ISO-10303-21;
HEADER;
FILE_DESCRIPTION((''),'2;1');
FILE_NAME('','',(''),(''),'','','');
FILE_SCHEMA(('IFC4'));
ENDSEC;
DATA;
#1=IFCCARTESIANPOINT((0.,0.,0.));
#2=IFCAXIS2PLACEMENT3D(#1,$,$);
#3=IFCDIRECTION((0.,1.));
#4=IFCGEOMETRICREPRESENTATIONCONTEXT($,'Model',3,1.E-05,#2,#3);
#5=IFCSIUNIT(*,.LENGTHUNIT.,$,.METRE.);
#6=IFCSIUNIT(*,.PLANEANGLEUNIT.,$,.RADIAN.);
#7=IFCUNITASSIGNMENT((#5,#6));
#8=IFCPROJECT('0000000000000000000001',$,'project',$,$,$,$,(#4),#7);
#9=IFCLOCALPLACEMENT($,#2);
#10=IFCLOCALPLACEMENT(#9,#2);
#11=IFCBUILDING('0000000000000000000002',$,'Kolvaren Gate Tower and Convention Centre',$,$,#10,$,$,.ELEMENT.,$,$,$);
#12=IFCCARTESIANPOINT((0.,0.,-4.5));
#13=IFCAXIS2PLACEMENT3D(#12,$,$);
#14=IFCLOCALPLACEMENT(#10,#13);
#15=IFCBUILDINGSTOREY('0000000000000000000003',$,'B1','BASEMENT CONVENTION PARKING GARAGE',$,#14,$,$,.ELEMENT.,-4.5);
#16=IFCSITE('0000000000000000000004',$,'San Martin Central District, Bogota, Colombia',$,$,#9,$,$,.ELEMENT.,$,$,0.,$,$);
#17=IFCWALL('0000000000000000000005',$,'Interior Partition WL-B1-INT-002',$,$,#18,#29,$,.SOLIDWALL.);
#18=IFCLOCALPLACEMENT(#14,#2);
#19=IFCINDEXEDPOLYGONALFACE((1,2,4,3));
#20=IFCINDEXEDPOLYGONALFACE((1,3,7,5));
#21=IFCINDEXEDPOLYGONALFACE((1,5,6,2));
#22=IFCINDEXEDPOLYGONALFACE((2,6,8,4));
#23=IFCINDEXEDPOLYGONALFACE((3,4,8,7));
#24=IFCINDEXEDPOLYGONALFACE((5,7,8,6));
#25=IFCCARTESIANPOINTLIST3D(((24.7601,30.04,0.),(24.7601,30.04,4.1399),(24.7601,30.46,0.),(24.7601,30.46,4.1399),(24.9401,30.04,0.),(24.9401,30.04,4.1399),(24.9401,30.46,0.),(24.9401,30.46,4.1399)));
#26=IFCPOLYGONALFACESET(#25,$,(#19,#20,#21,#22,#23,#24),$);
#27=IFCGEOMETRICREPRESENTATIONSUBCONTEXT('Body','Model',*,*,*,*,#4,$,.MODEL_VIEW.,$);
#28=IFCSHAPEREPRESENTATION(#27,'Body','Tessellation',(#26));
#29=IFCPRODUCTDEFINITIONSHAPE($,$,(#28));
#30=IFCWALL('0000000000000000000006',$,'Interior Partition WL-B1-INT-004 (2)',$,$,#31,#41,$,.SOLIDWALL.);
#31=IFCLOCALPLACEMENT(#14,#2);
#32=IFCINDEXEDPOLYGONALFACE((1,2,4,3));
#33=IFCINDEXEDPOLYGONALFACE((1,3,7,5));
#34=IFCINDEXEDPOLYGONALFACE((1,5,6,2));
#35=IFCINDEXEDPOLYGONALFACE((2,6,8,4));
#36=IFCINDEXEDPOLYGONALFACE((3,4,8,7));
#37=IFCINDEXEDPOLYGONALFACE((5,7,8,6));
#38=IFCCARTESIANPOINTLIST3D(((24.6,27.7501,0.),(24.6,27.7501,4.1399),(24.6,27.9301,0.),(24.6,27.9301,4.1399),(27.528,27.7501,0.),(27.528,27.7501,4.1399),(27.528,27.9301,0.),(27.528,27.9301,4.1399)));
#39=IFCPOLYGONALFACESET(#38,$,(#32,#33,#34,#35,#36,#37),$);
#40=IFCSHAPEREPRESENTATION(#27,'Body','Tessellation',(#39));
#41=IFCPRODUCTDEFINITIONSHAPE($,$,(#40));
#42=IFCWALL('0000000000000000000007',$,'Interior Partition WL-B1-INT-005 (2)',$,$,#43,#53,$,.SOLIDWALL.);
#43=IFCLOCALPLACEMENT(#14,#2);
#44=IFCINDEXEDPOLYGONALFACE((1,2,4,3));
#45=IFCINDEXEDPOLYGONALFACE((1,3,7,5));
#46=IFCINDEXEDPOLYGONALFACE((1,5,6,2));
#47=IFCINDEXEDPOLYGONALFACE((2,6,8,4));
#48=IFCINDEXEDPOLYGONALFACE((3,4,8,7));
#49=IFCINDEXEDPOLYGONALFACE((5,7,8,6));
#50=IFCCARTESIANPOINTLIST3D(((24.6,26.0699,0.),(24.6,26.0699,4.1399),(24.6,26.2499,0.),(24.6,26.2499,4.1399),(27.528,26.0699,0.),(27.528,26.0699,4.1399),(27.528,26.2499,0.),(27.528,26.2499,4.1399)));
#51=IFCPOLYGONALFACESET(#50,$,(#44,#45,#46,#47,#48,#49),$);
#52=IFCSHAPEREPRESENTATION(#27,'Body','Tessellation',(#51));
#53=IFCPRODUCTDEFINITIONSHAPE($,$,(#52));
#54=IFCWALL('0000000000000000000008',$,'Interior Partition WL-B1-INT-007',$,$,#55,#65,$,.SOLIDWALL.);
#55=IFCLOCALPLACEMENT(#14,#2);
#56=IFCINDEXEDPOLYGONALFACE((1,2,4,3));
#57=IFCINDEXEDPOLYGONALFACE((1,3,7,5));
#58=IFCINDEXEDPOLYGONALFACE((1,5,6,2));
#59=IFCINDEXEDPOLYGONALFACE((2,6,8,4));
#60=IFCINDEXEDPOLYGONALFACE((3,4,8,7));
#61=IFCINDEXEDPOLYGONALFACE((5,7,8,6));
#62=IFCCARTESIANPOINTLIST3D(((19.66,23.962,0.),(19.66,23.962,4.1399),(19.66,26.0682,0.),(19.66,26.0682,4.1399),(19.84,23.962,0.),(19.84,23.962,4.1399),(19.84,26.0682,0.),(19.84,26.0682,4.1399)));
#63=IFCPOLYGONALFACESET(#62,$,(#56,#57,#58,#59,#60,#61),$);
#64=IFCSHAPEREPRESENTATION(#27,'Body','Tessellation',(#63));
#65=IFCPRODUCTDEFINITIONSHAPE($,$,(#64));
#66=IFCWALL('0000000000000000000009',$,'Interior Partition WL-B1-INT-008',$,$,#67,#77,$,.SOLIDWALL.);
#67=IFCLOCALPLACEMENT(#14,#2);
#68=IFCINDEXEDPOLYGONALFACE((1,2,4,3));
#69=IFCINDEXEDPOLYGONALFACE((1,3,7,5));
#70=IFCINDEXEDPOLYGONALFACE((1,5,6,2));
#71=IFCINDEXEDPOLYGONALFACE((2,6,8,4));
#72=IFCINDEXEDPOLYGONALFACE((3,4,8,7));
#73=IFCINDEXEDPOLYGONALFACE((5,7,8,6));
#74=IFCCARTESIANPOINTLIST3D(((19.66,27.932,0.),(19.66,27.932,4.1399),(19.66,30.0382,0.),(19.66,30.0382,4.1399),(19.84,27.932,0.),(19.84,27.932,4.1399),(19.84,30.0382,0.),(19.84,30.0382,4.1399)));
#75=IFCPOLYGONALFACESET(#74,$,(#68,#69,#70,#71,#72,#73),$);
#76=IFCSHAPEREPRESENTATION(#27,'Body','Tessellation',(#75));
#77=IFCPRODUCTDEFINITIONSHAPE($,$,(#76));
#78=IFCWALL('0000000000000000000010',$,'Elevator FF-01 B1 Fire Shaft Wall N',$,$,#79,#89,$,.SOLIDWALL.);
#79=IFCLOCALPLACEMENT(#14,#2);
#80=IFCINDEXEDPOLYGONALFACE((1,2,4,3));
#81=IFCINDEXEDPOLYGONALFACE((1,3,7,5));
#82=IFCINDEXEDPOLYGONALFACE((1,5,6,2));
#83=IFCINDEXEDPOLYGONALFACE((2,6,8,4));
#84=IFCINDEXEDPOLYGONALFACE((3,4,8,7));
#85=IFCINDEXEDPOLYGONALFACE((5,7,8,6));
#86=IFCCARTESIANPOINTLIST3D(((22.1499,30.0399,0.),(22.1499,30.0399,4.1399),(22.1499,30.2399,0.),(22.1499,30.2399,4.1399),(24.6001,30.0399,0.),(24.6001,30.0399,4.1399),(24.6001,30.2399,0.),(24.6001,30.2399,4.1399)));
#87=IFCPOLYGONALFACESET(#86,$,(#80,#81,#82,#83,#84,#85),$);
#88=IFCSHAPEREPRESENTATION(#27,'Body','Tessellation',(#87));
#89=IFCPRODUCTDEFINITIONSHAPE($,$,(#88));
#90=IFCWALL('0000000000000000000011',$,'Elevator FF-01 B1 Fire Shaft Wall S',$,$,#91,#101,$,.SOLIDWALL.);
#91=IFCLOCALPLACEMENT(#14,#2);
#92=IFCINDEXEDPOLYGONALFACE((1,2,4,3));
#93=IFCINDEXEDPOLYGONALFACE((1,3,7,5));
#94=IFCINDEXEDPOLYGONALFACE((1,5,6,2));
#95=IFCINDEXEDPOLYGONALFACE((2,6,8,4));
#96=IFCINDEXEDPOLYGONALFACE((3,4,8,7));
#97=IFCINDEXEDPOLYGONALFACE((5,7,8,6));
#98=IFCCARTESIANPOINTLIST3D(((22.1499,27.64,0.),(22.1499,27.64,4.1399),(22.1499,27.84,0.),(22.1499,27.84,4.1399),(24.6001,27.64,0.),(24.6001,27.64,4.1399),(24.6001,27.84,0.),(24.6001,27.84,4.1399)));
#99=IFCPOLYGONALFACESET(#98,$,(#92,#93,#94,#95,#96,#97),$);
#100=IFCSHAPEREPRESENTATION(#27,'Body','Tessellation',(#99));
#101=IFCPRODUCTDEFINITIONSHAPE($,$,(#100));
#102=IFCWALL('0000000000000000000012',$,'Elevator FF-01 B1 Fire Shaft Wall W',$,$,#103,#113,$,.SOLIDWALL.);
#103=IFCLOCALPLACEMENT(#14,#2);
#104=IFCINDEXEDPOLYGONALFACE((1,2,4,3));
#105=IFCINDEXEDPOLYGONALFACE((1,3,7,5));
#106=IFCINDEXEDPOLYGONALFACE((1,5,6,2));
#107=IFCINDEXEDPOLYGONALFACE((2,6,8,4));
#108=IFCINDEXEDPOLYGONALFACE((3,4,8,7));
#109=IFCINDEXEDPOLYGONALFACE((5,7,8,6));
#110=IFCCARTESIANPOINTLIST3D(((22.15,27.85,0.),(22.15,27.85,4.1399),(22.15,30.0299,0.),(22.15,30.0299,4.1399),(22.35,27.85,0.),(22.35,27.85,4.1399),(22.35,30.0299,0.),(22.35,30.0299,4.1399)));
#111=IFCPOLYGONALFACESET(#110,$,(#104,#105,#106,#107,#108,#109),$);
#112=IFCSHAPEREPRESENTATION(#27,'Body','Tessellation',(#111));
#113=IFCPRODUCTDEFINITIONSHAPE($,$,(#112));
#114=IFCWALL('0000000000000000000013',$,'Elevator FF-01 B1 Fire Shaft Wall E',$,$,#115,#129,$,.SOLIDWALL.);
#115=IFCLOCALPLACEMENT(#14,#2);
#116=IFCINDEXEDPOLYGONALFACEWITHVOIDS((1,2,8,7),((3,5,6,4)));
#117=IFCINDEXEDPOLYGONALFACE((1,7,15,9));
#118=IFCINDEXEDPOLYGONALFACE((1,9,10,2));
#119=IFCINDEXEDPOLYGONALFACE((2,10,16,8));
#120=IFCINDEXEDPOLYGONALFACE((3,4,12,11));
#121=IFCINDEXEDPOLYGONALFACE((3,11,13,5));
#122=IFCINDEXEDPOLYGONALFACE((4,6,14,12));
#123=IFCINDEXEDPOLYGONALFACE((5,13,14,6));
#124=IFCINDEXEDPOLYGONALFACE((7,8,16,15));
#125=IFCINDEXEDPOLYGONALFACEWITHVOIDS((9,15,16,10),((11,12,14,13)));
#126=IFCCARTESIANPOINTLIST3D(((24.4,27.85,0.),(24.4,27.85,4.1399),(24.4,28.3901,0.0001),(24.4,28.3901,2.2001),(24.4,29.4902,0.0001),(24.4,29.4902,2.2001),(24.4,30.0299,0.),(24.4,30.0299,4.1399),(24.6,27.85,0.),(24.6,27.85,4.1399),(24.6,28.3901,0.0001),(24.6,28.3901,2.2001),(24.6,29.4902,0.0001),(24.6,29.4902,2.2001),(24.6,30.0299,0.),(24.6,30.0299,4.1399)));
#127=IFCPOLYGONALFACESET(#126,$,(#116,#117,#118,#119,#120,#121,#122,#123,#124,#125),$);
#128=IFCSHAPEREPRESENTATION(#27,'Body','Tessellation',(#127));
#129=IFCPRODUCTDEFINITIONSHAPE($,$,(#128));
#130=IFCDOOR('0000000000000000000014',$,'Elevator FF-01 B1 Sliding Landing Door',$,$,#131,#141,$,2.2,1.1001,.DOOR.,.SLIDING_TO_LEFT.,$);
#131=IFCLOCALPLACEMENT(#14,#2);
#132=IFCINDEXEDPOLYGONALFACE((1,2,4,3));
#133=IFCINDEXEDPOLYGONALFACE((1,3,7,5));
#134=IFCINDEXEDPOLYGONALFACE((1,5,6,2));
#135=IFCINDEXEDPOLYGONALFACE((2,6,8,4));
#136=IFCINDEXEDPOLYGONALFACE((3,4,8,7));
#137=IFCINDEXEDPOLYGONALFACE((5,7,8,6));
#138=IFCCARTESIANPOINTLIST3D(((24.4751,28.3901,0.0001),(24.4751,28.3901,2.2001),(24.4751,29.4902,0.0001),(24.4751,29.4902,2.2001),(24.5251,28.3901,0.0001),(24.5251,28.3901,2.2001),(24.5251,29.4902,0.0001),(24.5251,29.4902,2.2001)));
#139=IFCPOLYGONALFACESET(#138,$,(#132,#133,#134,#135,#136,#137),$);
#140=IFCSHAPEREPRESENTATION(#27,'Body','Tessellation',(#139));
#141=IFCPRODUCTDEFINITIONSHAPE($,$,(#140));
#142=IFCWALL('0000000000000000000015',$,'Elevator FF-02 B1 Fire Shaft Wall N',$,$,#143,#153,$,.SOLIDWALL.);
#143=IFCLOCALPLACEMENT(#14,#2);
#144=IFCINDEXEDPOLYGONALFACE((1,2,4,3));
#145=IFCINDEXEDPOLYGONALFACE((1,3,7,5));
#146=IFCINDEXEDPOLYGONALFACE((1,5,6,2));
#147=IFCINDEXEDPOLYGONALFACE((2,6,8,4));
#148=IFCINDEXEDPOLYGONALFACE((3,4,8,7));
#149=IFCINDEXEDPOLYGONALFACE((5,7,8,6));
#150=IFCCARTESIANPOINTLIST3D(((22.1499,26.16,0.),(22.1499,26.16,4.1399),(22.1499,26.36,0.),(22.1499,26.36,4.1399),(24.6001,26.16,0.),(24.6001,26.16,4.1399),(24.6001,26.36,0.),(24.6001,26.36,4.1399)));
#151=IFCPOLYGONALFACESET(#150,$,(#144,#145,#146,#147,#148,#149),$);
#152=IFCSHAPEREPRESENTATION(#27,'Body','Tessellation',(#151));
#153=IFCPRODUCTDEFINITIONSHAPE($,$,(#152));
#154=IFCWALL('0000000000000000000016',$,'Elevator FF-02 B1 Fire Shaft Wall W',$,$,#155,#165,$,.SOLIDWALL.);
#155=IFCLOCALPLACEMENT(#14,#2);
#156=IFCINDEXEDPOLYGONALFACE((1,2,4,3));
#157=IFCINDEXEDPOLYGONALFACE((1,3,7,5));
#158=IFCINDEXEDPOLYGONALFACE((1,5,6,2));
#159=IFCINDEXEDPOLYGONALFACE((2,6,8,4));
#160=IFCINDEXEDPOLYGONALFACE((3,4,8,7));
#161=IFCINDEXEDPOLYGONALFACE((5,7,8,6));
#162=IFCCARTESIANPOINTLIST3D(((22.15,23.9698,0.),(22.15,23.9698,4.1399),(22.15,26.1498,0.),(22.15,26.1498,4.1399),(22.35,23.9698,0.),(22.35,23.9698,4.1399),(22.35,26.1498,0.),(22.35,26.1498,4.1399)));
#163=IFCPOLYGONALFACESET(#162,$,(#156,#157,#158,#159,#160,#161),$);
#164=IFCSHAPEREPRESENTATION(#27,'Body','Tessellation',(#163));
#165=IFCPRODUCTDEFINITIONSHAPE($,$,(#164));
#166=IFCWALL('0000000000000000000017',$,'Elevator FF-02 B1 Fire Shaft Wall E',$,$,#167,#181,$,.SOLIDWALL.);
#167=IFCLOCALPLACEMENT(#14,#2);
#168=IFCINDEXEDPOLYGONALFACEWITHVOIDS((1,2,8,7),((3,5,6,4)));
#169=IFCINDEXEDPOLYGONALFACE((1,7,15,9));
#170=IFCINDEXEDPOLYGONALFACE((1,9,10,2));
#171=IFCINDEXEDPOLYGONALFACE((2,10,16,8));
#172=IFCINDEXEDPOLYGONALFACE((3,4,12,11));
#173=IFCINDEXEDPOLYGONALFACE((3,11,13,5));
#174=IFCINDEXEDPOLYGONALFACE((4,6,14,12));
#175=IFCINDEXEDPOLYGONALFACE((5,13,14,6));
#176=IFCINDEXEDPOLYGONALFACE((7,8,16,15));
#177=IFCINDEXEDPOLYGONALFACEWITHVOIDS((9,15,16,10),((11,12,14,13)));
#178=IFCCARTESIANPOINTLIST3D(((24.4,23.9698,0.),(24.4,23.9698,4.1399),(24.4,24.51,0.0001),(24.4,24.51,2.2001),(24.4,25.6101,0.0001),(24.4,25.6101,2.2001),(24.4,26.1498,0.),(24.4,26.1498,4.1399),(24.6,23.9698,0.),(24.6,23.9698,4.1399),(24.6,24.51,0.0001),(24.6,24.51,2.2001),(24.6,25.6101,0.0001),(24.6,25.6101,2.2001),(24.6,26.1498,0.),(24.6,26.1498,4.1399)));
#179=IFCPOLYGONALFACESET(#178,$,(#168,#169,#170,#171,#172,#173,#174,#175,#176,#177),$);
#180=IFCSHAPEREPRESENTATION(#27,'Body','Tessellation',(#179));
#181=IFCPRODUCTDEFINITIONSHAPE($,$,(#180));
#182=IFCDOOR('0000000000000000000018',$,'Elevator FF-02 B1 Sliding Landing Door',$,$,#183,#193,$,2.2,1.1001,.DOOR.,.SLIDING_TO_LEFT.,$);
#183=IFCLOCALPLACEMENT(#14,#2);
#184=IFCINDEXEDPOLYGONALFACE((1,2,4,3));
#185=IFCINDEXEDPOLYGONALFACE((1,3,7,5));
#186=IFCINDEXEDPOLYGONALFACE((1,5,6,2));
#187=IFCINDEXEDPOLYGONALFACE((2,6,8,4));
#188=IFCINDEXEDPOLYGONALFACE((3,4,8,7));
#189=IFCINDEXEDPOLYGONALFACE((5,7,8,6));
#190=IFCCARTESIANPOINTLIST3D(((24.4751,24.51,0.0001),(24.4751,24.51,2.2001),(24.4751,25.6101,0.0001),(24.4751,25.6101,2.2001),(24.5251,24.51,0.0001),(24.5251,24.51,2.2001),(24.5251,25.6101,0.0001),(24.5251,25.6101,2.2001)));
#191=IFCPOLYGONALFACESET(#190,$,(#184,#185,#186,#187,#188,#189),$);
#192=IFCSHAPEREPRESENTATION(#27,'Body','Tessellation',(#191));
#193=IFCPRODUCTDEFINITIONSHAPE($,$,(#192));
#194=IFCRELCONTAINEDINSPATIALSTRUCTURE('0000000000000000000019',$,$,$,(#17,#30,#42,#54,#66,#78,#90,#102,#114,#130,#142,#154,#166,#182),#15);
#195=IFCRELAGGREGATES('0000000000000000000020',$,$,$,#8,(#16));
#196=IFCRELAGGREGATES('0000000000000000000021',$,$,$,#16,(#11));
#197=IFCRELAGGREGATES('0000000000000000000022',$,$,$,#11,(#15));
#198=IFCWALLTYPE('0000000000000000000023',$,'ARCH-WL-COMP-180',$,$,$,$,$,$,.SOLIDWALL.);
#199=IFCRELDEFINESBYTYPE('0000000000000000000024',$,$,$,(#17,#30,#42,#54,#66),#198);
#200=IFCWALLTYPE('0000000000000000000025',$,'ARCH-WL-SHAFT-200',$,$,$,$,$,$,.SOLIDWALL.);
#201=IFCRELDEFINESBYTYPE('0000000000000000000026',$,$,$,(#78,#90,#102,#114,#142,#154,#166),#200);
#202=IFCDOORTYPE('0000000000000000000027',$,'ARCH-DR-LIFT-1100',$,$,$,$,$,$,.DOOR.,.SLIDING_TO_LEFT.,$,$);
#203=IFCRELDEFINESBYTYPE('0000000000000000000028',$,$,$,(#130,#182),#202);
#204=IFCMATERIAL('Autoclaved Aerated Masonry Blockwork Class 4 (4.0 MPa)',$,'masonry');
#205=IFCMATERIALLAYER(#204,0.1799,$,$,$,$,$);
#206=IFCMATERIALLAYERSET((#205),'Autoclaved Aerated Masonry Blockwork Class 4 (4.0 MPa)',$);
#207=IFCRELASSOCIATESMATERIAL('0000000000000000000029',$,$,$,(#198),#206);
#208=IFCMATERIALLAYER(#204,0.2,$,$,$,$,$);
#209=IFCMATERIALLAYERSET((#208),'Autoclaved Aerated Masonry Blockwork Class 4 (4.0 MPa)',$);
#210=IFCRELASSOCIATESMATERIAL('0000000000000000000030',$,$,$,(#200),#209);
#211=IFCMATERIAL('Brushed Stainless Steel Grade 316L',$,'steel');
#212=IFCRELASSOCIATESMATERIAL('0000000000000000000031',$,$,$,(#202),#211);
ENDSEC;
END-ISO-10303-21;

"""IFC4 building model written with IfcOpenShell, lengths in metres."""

from ifc_helpers import new_model, si_unit, direction, frame, frame_2d, origin, place, context, subcontext, project, spatial, rectangle, extrude, material, layer, layer_set, type_object, element, fill, save


model = new_model("IFC4")

# Units and contexts
model_context = context("Model", 3, precision=1e-05, world=origin(), true_north=direction((0.0, 1.0)))
body_context = subcontext(model_context, "Body", "Model", "MODEL_VIEW")
ifc_project = project(units=[si_unit("LENGTHUNIT", "METRE"), si_unit("PLANEANGLEUNIT", "RADIAN")], contexts=[model_context])

# Site, building, storey
site_placement = place(None, origin())
site = spatial("IfcSite", under=ifc_project, at=site_placement, Name="San Martin Central District, Bogota, Colombia", CompositionType="ELEMENT", RefElevation=0.0)
building_placement = place(site_placement, origin())
building = spatial("IfcBuilding", under=site, at=building_placement, Name="Kolvaren Gate Tower and Convention Centre", CompositionType="ELEMENT")
storey_placement = place(building_placement, frame((0.0, 0.0, -4.5)))
storey = spatial("IfcBuildingStorey", under=building, at=storey_placement, Name="B1", Description="BASEMENT CONVENTION PARKING GARAGE", CompositionType="ELEMENT", Elevation=-4.5)

# Walls
ifc_material_1 = material(Name="Autoclaved Aerated Masonry Blockwork Class 4 (4.0 MPa)", Category="masonry")
ifc_layer_1 = layer(ifc_material_1, 0.1799)
ifc_layer_set_1 = layer_set([ifc_layer_1], Name="Autoclaved Aerated Masonry Blockwork Class 4 (4.0 MPa)")
wall_type_1 = type_object("IfcWallType", Name="ARCH-WL-COMP-180", PredefinedType="SOLIDWALL", material=ifc_layer_set_1)
wall_1_placement = place(storey_placement, frame((24.8501, 30.04, 0.0), z_axis=(0.0, 0.0, 1.0), x_axis=(0.0, 1.0, 0.0)))
element("IfcWall", 1, at=wall_1_placement, inside=storey, type_object=wall_type_1, Name="Interior Partition WL-B1-INT-002", PredefinedType="SOLIDWALL", context=body_context, shape_type="SweptSolid", body=[
    extrude(rectangle(XDim=0.4199, YDim=0.1799, at=frame_2d((0.21, 0.0))), origin(), (0.0, 0.0, 1.0), 4.1399),
])
for number, where, z_axis, x_axis, name in (
    (2, (24.6001, 27.8401, 0.0), (0.0, 0.0, 1.0), (1.0, 0.0, 0.0), "Interior Partition WL-B1-INT-004 (2)"),
    (3, (24.6001, 26.1599, 0.0), (0.0, 0.0, 1.0), (1.0, 0.0, 0.0), "Interior Partition WL-B1-INT-005 (2)"),
):
    element("IfcWall", number, at=place(storey_placement, frame(where, z_axis=z_axis, x_axis=x_axis)), inside=storey, type_object=wall_type_1, Name=name, PredefinedType="SOLIDWALL", context=body_context, shape_type="SweptSolid", body=[
        extrude(rectangle(XDim=2.928, YDim=0.1799, at=frame_2d((1.4639, 0.0))), origin(), (0.0, 0.0, 1.0), 4.1399),
    ])
for number, where, z_axis, x_axis, name in (
    (4, (19.75, 23.9619, 0.0), (0.0, 0.0, 1.0), (0.0, 1.0, 0.0), "Interior Partition WL-B1-INT-007"),
    (5, (19.75, 27.9319, 0.0), (0.0, 0.0, 1.0), (0.0, 1.0, 0.0), "Interior Partition WL-B1-INT-008"),
):
    element("IfcWall", number, at=place(storey_placement, frame(where, z_axis=z_axis, x_axis=x_axis)), inside=storey, type_object=wall_type_1, Name=name, PredefinedType="SOLIDWALL", context=body_context, shape_type="SweptSolid", body=[
        extrude(rectangle(XDim=2.1062, YDim=0.1799, at=frame_2d((1.0532, 0.0))), origin(), (0.0, 0.0, 1.0), 4.1399),
    ])
ifc_layer_2 = layer(ifc_material_1, 0.2)
ifc_layer_set_2 = layer_set([ifc_layer_2], Name="Autoclaved Aerated Masonry Blockwork Class 4 (4.0 MPa)")
wall_type_2 = type_object("IfcWallType", Name="ARCH-WL-SHAFT-200", PredefinedType="SOLIDWALL", material=ifc_layer_set_2)
for number, where, z_axis, x_axis, name in (
    (6, (22.1499, 30.1399, 0.0), (0.0, 0.0, 1.0), (1.0, 0.0, 0.0), "Elevator FF-01 B1 Fire Shaft Wall N"),
    (7, (22.1499, 27.74, 0.0), (0.0, 0.0, 1.0), (1.0, 0.0, 0.0), "Elevator FF-01 B1 Fire Shaft Wall S"),
):
    element("IfcWall", number, at=place(storey_placement, frame(where, z_axis=z_axis, x_axis=x_axis)), inside=storey, type_object=wall_type_2, Name=name, PredefinedType="SOLIDWALL", context=body_context, shape_type="SweptSolid", body=[
        extrude(rectangle(XDim=2.4502, YDim=0.2, at=frame_2d((1.2251, 0.0))), origin(), (0.0, 0.0, 1.0), 4.1399),
    ])
wall_2_placement = place(storey_placement, frame((22.25, 27.8501, 0.0), z_axis=(0.0, 0.0, 1.0), x_axis=(0.0, 1.0, 0.0)))
element("IfcWall", 8, at=wall_2_placement, inside=storey, type_object=wall_type_2, Name="Elevator FF-01 B1 Fire Shaft Wall W", PredefinedType="SOLIDWALL", context=body_context, shape_type="SweptSolid", body=[
    extrude(rectangle(XDim=2.1799, YDim=0.2, at=frame_2d((1.0898, 0.0))), origin(), (0.0, 0.0, 1.0), 4.1399),
])

# Wall, opening, door
wall_3_placement = place(storey_placement, frame((24.5, 27.8501, 0.0), z_axis=(0.0, 0.0, 1.0), x_axis=(0.0, 1.0, 0.0)))
wall_3 = element("IfcWall", 9, at=wall_3_placement, inside=storey, type_object=wall_type_2, Name="Elevator FF-01 B1 Fire Shaft Wall E", PredefinedType="SOLIDWALL", context=body_context, shape_type="SweptSolid", body=[
    extrude(rectangle(XDim=2.1799, YDim=0.2, at=frame_2d((1.0898, 0.0))), origin(), (0.0, 0.0, 1.0), 4.1399),
])
opening_1_placement = place(wall_3_placement, frame((0.54, 0.0, 0.0)))
opening_1 = element("IfcOpeningElement", 10, at=opening_1_placement, cuts=wall_3, PredefinedType="OPENING", context=body_context, shape_type="SweptSolid", body=[
    extrude(rectangle(XDim=1.1001, YDim=2.2, at=frame_2d((0.55, 1.1001))), frame((0.0, 0.1099, 0.0), z_axis=(0.0, -1.0, 0.0), x_axis=(1.0, 0.0, 0.0)), (0.0, 0.0, 1.0), 0.22),
])
ifc_material_2 = material(Name="Brushed Stainless Steel Grade 316L", Category="steel")
door_type_1 = type_object("IfcDoorType", Name="ARCH-DR-LIFT-1100", OperationType="SLIDING_TO_LEFT", PredefinedType="DOOR", material=ifc_material_2)
door_1_placement = place(opening_1_placement, origin())
door_1 = element("IfcDoor", 11, at=door_1_placement, inside=storey, type_object=door_type_1, Name="Elevator FF-01 B1 Sliding Landing Door", OperationType="SLIDING_TO_LEFT", OverallHeight=2.2, OverallWidth=1.1001, PredefinedType="DOOR", context=body_context, shape_type="SweptSolid", body=[
    extrude(rectangle(XDim=1.1001, YDim=2.2, at=frame_2d((0.55, 1.1001))), frame((0.0, 0.0249, 0.0), z_axis=(0.0, -1.0, 0.0), x_axis=(1.0, 0.0, 0.0)), (0.0, 0.0, 1.0), 0.05),
])
fill(opening_1, door_1)

# Walls
wall_4_placement = place(storey_placement, frame((22.1499, 26.26, 0.0), z_axis=(0.0, 0.0, 1.0), x_axis=(1.0, 0.0, 0.0)))
element("IfcWall", 12, at=wall_4_placement, inside=storey, type_object=wall_type_2, Name="Elevator FF-02 B1 Fire Shaft Wall N", PredefinedType="SOLIDWALL", context=body_context, shape_type="SweptSolid", body=[
    extrude(rectangle(XDim=2.4502, YDim=0.2, at=frame_2d((1.2251, 0.0))), origin(), (0.0, 0.0, 1.0), 4.1399),
])
wall_5_placement = place(storey_placement, frame((22.25, 23.97, 0.0), z_axis=(0.0, 0.0, 1.0), x_axis=(0.0, 1.0, 0.0)))
element("IfcWall", 13, at=wall_5_placement, inside=storey, type_object=wall_type_2, Name="Elevator FF-02 B1 Fire Shaft Wall W", PredefinedType="SOLIDWALL", context=body_context, shape_type="SweptSolid", body=[
    extrude(rectangle(XDim=2.1799, YDim=0.2, at=frame_2d((1.0898, 0.0))), origin(), (0.0, 0.0, 1.0), 4.1399),
])

# Wall, opening, door
wall_6_placement = place(storey_placement, frame((24.5, 23.97, 0.0), z_axis=(0.0, 0.0, 1.0), x_axis=(0.0, 1.0, 0.0)))
wall_6 = element("IfcWall", 14, at=wall_6_placement, inside=storey, type_object=wall_type_2, Name="Elevator FF-02 B1 Fire Shaft Wall E", PredefinedType="SOLIDWALL", context=body_context, shape_type="SweptSolid", body=[
    extrude(rectangle(XDim=2.1799, YDim=0.2, at=frame_2d((1.0898, 0.0))), origin(), (0.0, 0.0, 1.0), 4.1399),
])
opening_2_placement = place(wall_6_placement, frame((0.54, 0.0, 0.0)))
opening_2 = element("IfcOpeningElement", 15, at=opening_2_placement, cuts=wall_6, PredefinedType="OPENING", context=body_context, shape_type="SweptSolid", body=[
    extrude(rectangle(XDim=1.1001, YDim=2.2, at=frame_2d((0.55, 1.1001))), frame((0.0, 0.1099, 0.0), z_axis=(0.0, -1.0, 0.0), x_axis=(1.0, 0.0, 0.0)), (0.0, 0.0, 1.0), 0.22),
])
door_2_placement = place(opening_2_placement, origin())
door_2 = element("IfcDoor", 16, at=door_2_placement, inside=storey, type_object=door_type_1, Name="Elevator FF-02 B1 Sliding Landing Door", OperationType="SLIDING_TO_LEFT", OverallHeight=2.2, OverallWidth=1.1001, PredefinedType="DOOR", context=body_context, shape_type="SweptSolid", body=[
    extrude(rectangle(XDim=1.1001, YDim=2.2, at=frame_2d((0.55, 1.1001))), frame((0.0, 0.0249, 0.0), z_axis=(0.0, -1.0, 0.0), x_axis=(1.0, 0.0, 0.0)), (0.0, 0.0, 1.0), 0.05),
])
fill(opening_2, door_2)

save(model, "model.ifc")
